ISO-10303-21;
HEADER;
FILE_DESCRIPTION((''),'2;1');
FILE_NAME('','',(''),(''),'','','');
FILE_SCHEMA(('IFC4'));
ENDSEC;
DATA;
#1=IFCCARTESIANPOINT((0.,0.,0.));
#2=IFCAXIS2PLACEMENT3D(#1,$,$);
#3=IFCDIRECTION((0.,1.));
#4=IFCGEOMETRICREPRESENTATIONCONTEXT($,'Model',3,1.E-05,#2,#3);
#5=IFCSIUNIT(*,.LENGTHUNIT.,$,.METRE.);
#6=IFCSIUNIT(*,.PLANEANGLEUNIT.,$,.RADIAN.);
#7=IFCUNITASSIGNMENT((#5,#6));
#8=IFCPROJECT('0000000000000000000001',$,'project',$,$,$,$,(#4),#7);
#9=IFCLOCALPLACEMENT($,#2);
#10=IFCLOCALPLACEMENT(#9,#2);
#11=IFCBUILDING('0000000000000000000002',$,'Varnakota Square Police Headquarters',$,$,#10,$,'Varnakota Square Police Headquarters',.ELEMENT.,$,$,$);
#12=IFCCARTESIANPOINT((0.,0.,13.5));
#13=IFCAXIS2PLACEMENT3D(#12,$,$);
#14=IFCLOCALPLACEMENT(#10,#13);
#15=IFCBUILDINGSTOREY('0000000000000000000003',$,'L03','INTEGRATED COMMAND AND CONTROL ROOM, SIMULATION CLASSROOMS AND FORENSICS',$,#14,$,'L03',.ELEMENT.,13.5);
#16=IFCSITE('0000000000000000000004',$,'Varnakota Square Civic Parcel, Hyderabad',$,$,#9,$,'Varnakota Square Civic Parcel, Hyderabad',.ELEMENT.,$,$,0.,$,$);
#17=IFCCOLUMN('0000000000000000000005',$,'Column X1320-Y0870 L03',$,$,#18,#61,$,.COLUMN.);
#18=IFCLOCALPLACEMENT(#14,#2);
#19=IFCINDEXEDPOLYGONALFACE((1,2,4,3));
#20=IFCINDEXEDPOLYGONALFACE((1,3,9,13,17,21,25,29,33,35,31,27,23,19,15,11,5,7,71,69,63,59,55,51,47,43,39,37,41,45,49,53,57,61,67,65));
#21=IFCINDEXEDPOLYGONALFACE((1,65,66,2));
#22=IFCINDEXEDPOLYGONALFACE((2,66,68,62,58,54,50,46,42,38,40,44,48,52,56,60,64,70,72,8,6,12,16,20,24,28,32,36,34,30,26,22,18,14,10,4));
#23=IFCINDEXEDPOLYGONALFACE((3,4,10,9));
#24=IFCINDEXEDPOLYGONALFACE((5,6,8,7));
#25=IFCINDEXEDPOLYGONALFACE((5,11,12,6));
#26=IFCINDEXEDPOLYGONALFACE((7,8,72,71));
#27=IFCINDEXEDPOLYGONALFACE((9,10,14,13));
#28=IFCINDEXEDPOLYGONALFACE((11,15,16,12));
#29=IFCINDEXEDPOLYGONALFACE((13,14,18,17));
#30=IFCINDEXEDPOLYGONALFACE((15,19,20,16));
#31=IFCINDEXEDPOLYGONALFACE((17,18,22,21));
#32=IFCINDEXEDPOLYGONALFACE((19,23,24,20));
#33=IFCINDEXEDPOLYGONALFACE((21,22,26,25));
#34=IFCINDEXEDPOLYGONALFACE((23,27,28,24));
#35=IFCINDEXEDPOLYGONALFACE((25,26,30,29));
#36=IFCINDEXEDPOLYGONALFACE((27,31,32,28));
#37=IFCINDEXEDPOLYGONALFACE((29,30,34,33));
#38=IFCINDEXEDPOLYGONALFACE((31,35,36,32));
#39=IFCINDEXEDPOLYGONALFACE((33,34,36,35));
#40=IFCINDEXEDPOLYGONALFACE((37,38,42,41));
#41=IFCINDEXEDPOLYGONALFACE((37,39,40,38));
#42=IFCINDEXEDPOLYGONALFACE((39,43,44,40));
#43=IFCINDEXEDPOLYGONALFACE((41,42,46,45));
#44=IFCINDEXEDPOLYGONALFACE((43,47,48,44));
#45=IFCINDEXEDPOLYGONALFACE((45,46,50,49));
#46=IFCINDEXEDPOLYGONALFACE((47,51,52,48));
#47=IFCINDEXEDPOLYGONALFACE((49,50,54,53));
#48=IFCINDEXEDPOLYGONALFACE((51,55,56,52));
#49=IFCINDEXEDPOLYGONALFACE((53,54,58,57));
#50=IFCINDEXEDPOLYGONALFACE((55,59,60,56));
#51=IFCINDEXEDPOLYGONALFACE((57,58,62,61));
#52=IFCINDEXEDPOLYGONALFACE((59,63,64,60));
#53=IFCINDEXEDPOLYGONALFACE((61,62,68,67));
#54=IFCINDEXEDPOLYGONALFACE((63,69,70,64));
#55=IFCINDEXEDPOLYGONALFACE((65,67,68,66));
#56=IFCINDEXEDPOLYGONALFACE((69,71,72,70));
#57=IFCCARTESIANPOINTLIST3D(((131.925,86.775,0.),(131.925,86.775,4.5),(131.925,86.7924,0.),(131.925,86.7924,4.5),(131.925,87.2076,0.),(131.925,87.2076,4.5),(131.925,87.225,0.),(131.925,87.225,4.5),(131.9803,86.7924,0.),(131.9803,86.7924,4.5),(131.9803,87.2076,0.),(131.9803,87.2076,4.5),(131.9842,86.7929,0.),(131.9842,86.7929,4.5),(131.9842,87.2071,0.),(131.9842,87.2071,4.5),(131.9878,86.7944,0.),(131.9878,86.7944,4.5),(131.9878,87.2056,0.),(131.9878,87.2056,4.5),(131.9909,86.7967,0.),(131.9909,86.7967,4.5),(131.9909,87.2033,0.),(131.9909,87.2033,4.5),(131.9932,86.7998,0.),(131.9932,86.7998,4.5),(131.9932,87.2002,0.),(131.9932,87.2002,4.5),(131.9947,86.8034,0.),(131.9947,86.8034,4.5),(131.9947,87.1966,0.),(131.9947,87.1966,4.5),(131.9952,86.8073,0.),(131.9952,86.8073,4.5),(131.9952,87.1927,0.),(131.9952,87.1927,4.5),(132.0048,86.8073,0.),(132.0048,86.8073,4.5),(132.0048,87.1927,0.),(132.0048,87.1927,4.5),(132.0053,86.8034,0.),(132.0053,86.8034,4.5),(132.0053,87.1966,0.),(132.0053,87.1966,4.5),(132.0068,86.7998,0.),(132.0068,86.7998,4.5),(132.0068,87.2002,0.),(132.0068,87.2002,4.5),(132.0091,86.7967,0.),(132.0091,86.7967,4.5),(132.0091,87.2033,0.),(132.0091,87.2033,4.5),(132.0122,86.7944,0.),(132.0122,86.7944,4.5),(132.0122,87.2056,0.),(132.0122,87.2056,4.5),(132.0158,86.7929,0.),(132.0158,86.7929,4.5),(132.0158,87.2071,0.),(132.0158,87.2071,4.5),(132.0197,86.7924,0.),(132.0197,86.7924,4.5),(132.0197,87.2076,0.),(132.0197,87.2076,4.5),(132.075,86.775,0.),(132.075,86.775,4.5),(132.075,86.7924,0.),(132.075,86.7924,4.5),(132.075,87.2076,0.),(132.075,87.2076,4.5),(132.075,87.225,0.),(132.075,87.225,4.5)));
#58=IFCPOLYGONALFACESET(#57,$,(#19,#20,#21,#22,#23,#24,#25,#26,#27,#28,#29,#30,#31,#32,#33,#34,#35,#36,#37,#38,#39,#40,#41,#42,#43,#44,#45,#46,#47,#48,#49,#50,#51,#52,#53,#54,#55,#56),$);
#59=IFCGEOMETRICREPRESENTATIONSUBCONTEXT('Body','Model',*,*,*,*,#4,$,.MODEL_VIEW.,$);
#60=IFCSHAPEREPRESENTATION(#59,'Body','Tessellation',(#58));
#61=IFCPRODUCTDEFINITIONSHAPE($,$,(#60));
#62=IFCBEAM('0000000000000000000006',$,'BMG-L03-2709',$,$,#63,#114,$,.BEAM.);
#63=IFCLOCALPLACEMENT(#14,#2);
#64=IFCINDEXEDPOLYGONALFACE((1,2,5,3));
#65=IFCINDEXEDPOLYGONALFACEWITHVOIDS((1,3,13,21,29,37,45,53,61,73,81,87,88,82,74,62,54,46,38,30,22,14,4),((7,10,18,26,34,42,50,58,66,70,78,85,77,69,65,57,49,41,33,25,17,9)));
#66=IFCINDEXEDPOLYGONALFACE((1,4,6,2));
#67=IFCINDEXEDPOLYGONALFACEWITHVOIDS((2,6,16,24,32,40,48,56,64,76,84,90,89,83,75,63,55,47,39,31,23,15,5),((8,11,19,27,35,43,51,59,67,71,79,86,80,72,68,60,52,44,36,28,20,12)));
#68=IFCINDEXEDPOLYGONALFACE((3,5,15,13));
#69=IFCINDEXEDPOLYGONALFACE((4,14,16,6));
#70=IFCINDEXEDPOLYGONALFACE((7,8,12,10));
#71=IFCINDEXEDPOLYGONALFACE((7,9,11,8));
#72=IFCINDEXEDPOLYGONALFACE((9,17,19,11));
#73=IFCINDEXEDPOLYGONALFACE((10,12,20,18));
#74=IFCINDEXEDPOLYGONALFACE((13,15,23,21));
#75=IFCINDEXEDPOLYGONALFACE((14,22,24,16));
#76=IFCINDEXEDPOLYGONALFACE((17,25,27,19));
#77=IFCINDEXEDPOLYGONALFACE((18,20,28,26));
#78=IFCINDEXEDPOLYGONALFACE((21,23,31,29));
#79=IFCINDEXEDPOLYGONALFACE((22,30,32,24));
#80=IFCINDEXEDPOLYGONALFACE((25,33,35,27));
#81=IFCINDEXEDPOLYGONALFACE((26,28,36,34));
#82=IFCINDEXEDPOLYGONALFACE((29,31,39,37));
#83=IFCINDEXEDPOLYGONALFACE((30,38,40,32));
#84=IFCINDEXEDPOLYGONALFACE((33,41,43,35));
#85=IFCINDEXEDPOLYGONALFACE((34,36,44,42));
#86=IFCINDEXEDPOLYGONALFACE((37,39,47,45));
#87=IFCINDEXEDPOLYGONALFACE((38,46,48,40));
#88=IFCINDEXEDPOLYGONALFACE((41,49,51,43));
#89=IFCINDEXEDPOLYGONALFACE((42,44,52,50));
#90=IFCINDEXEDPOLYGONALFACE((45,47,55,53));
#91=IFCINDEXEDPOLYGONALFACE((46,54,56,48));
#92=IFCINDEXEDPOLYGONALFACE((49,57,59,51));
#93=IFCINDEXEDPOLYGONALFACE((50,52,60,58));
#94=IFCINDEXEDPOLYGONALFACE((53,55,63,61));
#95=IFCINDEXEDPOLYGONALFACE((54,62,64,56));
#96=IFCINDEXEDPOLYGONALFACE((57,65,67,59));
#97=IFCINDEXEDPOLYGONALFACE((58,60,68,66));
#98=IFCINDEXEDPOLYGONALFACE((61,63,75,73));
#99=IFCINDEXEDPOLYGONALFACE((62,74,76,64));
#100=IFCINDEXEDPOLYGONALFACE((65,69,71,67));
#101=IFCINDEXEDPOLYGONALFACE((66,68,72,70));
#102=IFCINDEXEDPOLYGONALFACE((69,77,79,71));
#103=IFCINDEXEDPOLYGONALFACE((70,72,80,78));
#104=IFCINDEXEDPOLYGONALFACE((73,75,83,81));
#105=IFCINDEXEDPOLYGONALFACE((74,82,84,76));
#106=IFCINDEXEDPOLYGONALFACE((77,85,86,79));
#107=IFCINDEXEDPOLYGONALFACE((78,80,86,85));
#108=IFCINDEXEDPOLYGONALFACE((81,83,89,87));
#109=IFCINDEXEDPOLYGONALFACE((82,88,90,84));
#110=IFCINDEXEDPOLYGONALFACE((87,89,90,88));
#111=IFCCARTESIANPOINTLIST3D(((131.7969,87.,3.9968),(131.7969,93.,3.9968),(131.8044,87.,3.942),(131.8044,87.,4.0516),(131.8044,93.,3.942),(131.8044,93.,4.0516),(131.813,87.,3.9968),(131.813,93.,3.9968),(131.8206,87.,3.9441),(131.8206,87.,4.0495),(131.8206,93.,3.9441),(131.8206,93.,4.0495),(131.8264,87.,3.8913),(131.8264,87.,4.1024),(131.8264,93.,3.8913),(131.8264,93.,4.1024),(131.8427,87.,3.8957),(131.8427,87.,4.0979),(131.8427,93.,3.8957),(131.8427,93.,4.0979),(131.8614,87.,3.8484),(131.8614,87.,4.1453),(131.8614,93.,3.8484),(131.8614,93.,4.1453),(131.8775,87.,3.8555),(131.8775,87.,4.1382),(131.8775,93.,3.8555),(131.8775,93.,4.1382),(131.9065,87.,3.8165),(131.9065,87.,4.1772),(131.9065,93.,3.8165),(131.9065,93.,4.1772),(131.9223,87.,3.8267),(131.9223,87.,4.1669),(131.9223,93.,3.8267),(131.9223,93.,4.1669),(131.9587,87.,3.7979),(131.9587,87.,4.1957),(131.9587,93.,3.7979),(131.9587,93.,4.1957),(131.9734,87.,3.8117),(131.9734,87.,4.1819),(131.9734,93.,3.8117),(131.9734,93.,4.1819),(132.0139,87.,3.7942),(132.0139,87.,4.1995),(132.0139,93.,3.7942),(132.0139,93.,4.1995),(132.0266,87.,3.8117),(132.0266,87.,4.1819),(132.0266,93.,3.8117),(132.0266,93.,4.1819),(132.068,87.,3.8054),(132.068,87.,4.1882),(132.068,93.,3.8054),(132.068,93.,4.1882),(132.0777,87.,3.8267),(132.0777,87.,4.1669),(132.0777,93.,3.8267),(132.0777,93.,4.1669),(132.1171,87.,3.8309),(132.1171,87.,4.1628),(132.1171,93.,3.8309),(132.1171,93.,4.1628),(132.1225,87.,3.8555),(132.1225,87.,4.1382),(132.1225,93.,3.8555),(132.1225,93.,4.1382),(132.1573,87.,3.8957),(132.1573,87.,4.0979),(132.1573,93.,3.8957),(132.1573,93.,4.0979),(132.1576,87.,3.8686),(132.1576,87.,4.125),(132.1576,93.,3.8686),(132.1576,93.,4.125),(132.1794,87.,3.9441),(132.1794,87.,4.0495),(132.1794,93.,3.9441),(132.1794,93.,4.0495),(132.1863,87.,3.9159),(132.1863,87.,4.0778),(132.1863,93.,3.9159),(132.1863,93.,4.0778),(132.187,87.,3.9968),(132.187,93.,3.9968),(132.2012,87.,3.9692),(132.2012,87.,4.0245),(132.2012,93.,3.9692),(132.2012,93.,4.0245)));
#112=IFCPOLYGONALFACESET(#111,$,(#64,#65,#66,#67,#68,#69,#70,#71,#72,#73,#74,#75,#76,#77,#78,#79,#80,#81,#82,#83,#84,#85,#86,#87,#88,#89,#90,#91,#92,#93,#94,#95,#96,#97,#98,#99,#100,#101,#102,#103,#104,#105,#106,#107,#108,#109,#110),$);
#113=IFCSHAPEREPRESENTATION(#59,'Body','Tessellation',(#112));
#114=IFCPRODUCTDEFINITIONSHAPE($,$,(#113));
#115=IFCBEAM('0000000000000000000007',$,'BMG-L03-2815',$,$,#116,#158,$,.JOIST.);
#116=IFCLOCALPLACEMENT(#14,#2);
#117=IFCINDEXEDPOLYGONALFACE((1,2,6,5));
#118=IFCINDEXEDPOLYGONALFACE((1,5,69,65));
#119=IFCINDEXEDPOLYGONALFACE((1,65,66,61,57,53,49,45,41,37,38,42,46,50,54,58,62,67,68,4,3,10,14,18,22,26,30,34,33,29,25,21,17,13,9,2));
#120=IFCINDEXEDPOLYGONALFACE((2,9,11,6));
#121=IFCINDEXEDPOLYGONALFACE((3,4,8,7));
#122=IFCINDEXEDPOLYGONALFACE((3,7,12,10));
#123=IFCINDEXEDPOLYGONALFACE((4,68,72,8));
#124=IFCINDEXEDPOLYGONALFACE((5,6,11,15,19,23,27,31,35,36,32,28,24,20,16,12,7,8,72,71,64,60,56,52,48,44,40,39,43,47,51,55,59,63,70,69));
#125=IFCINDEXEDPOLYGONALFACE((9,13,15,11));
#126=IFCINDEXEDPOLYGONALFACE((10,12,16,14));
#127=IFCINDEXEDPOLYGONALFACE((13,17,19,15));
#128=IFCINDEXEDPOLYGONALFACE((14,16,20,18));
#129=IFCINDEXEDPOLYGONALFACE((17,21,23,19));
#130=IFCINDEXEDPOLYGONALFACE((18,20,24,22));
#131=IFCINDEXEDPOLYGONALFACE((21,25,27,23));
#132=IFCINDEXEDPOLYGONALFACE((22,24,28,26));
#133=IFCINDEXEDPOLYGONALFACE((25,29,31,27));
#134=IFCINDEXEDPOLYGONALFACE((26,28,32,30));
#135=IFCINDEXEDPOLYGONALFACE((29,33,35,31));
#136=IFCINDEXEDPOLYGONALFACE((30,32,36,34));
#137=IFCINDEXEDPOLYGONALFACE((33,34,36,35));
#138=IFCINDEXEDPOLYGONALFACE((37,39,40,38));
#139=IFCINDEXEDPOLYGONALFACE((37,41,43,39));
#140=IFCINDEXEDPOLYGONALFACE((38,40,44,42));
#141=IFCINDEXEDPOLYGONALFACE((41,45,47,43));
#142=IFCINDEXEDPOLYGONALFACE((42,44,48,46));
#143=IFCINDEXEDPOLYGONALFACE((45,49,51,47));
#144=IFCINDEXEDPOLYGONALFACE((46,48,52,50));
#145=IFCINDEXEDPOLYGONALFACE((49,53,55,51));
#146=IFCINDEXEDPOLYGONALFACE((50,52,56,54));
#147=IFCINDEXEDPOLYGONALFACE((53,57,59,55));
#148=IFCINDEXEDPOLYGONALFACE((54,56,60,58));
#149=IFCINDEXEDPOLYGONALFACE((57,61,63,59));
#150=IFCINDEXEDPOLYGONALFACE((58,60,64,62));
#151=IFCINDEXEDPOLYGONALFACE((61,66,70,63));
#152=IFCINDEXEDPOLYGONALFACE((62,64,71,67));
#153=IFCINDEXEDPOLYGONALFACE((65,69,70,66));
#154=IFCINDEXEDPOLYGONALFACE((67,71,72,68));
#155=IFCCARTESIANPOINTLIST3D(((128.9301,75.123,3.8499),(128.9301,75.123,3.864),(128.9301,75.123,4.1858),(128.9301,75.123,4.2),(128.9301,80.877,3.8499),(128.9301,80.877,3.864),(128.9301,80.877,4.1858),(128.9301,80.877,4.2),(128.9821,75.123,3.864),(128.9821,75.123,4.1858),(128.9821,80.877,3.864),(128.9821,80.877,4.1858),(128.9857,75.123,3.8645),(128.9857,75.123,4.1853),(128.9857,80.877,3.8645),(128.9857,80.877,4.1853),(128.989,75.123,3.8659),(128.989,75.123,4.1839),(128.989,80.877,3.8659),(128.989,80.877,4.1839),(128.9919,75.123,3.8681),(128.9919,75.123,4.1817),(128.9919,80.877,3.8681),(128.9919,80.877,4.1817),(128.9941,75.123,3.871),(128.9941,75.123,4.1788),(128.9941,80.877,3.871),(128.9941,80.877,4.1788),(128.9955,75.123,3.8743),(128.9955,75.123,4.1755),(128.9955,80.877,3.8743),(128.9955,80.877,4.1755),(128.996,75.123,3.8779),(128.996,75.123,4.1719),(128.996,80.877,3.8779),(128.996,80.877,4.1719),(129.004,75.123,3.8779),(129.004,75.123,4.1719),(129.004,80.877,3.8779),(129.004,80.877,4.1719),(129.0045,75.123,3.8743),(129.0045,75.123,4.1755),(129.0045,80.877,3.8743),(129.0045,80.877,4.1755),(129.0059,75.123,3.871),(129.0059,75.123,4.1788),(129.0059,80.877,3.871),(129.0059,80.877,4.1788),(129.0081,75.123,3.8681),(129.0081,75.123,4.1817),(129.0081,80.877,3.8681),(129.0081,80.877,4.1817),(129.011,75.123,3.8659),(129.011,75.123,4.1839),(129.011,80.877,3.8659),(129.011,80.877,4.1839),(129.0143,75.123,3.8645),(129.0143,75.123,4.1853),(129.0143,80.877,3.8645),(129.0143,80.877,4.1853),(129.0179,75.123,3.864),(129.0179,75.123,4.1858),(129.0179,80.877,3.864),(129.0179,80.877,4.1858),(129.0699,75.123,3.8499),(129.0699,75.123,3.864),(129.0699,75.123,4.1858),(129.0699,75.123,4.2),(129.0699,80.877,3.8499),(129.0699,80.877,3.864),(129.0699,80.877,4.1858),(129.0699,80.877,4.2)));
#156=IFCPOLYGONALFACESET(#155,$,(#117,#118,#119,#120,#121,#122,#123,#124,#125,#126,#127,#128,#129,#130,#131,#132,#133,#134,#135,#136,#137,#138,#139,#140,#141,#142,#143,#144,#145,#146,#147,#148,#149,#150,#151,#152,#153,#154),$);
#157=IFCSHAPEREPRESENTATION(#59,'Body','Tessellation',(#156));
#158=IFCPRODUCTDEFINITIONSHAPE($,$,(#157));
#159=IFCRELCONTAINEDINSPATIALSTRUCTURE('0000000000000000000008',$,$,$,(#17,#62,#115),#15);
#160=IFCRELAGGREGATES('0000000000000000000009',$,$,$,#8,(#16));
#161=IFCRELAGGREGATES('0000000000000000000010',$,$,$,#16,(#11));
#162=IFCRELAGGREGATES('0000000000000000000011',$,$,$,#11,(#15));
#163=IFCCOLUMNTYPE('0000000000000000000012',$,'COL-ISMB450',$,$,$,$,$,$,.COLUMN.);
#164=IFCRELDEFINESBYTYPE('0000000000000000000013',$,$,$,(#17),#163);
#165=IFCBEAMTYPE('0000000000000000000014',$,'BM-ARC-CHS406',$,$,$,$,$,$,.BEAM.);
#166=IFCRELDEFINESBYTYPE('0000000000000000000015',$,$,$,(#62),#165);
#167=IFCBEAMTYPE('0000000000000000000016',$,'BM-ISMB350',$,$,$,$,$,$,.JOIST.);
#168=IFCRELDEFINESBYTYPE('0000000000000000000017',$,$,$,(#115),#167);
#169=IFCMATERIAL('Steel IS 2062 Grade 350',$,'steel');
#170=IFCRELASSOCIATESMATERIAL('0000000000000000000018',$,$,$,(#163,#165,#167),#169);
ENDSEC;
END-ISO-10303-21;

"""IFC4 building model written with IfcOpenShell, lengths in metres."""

from ifc_helpers import new_model, si_unit, direction, frame, origin, origin_2d, place, context, subcontext, project, spatial, hollow_circle, i_section, extrude, material, material_profile, profile_set, type_object, element, save


model = new_model("IFC4")

# Units and contexts
model_context = context("Model", 3, precision=1e-05, world=origin(), true_north=direction((0.0, 1.0)))
body_context = subcontext(model_context, "Body", "Model", "MODEL_VIEW")
ifc_project = project(units=[si_unit("LENGTHUNIT", "METRE"), si_unit("PLANEANGLEUNIT", "RADIAN")], contexts=[model_context])

# Site, building, storey
site_placement = place(None, origin())
site = spatial("IfcSite", under=ifc_project, at=site_placement, Name="Varnakota Square Civic Parcel, Hyderabad", LongName="Varnakota Square Civic Parcel, Hyderabad", CompositionType="ELEMENT", RefElevation=0.0)
building_placement = place(site_placement, origin())
building = spatial("IfcBuilding", under=site, at=building_placement, Name="Varnakota Square Police Headquarters", LongName="Varnakota Square Police Headquarters", CompositionType="ELEMENT")
storey_placement = place(building_placement, frame((0.0, 0.0, 13.5)))
storey = spatial("IfcBuildingStorey", under=building, at=storey_placement, Name="L03", Description="INTEGRATED COMMAND AND CONTROL ROOM, SIMULATION CLASSROOMS AND FORENSICS", LongName="L03", CompositionType="ELEMENT", Elevation=13.5)

# Column
ifc_material_1 = material(Name="Steel IS 2062 Grade 350", Category="steel")
ifc_material_profile_1 = material_profile(ifc_material_1, i_section(OverallWidth=0.1499, OverallDepth=0.45, WebThickness=0.0095, FlangeThickness=0.0173, FilletRadius=0.0149, at=origin_2d()), Name="ISMB 450")
ifc_profile_set_1 = profile_set([ifc_material_profile_1], Name="Steel IS 2062 Grade 350")
column_type_1 = type_object("IfcColumnType", Name="COL-ISMB450", PredefinedType="COLUMN", material=ifc_profile_set_1)
for number, where, z_axis, x_axis, name in (
    (1, (132.0, 87.0, 0.0), (0.0, 0.0, 1.0), (1.0, 0.0, 0.0), "Column X1320-Y0870 L03"),
):
    element("IfcColumn", number, at=place(storey_placement, frame(where, z_axis=z_axis, x_axis=x_axis)), inside=storey, type_object=column_type_1, Name=name, PredefinedType="COLUMN", context=body_context, shape_type="SweptSolid", body=[
        extrude(i_section(OverallWidth=0.1499, OverallDepth=0.45, WebThickness=0.0095, FlangeThickness=0.0173, FilletRadius=0.0149, at=origin_2d()), origin(), (0.0, 0.0, 1.0), 4.5),
    ])

# Beams
ifc_material_profile_2 = material_profile(ifc_material_1, hollow_circle(Radius=0.2031, WallThickness=0.0161, at=origin_2d()), Name="CHS 406.4x16.0")
ifc_profile_set_2 = profile_set([ifc_material_profile_2], Name="Steel IS 2062 Grade 350")
beam_type_1 = type_object("IfcBeamType", Name="BM-ARC-CHS406", PredefinedType="BEAM", material=ifc_profile_set_2)
beam_1_placement = place(storey_placement, frame((132.0, 87.0, 3.9968), z_axis=(0.0, 1.0, 0.0), x_axis=(-1.0, 0.0, 0.0)))
element("IfcBeam", 2, at=beam_1_placement, inside=storey, type_object=beam_type_1, Name="BMG-L03-2709", PredefinedType="BEAM", context=body_context, shape_type="SweptSolid", body=[
    extrude(hollow_circle(Radius=0.2031, WallThickness=0.0161, at=origin_2d()), origin(), (0.0, 0.0, 1.0), 6.0),
])
ifc_material_profile_3 = material_profile(ifc_material_1, i_section(OverallWidth=0.1399, OverallDepth=0.3501, WebThickness=0.0081, FlangeThickness=0.0142, FilletRadius=0.0139, at=origin_2d()), Name="ISMB 350")
ifc_profile_set_3 = profile_set([ifc_material_profile_3], Name="Steel IS 2062 Grade 350")
beam_type_2 = type_object("IfcBeamType", Name="BM-ISMB350", PredefinedType="JOIST", material=ifc_profile_set_3)
beam_2_placement = place(storey_placement, frame((129.0, 75.123, 4.0249), z_axis=(0.0, 1.0, 0.0), x_axis=(-1.0, 0.0, 0.0)))
element("IfcBeam", 3, at=beam_2_placement, inside=storey, type_object=beam_type_2, Name="BMG-L03-2815", PredefinedType="JOIST", context=body_context, shape_type="SweptSolid", body=[
    extrude(i_section(OverallWidth=0.1399, OverallDepth=0.3501, WebThickness=0.0081, FlangeThickness=0.0142, FilletRadius=0.0139, at=origin_2d()), origin(), (0.0, 0.0, 1.0), 5.7539),
])

save(model, "model.ifc")
